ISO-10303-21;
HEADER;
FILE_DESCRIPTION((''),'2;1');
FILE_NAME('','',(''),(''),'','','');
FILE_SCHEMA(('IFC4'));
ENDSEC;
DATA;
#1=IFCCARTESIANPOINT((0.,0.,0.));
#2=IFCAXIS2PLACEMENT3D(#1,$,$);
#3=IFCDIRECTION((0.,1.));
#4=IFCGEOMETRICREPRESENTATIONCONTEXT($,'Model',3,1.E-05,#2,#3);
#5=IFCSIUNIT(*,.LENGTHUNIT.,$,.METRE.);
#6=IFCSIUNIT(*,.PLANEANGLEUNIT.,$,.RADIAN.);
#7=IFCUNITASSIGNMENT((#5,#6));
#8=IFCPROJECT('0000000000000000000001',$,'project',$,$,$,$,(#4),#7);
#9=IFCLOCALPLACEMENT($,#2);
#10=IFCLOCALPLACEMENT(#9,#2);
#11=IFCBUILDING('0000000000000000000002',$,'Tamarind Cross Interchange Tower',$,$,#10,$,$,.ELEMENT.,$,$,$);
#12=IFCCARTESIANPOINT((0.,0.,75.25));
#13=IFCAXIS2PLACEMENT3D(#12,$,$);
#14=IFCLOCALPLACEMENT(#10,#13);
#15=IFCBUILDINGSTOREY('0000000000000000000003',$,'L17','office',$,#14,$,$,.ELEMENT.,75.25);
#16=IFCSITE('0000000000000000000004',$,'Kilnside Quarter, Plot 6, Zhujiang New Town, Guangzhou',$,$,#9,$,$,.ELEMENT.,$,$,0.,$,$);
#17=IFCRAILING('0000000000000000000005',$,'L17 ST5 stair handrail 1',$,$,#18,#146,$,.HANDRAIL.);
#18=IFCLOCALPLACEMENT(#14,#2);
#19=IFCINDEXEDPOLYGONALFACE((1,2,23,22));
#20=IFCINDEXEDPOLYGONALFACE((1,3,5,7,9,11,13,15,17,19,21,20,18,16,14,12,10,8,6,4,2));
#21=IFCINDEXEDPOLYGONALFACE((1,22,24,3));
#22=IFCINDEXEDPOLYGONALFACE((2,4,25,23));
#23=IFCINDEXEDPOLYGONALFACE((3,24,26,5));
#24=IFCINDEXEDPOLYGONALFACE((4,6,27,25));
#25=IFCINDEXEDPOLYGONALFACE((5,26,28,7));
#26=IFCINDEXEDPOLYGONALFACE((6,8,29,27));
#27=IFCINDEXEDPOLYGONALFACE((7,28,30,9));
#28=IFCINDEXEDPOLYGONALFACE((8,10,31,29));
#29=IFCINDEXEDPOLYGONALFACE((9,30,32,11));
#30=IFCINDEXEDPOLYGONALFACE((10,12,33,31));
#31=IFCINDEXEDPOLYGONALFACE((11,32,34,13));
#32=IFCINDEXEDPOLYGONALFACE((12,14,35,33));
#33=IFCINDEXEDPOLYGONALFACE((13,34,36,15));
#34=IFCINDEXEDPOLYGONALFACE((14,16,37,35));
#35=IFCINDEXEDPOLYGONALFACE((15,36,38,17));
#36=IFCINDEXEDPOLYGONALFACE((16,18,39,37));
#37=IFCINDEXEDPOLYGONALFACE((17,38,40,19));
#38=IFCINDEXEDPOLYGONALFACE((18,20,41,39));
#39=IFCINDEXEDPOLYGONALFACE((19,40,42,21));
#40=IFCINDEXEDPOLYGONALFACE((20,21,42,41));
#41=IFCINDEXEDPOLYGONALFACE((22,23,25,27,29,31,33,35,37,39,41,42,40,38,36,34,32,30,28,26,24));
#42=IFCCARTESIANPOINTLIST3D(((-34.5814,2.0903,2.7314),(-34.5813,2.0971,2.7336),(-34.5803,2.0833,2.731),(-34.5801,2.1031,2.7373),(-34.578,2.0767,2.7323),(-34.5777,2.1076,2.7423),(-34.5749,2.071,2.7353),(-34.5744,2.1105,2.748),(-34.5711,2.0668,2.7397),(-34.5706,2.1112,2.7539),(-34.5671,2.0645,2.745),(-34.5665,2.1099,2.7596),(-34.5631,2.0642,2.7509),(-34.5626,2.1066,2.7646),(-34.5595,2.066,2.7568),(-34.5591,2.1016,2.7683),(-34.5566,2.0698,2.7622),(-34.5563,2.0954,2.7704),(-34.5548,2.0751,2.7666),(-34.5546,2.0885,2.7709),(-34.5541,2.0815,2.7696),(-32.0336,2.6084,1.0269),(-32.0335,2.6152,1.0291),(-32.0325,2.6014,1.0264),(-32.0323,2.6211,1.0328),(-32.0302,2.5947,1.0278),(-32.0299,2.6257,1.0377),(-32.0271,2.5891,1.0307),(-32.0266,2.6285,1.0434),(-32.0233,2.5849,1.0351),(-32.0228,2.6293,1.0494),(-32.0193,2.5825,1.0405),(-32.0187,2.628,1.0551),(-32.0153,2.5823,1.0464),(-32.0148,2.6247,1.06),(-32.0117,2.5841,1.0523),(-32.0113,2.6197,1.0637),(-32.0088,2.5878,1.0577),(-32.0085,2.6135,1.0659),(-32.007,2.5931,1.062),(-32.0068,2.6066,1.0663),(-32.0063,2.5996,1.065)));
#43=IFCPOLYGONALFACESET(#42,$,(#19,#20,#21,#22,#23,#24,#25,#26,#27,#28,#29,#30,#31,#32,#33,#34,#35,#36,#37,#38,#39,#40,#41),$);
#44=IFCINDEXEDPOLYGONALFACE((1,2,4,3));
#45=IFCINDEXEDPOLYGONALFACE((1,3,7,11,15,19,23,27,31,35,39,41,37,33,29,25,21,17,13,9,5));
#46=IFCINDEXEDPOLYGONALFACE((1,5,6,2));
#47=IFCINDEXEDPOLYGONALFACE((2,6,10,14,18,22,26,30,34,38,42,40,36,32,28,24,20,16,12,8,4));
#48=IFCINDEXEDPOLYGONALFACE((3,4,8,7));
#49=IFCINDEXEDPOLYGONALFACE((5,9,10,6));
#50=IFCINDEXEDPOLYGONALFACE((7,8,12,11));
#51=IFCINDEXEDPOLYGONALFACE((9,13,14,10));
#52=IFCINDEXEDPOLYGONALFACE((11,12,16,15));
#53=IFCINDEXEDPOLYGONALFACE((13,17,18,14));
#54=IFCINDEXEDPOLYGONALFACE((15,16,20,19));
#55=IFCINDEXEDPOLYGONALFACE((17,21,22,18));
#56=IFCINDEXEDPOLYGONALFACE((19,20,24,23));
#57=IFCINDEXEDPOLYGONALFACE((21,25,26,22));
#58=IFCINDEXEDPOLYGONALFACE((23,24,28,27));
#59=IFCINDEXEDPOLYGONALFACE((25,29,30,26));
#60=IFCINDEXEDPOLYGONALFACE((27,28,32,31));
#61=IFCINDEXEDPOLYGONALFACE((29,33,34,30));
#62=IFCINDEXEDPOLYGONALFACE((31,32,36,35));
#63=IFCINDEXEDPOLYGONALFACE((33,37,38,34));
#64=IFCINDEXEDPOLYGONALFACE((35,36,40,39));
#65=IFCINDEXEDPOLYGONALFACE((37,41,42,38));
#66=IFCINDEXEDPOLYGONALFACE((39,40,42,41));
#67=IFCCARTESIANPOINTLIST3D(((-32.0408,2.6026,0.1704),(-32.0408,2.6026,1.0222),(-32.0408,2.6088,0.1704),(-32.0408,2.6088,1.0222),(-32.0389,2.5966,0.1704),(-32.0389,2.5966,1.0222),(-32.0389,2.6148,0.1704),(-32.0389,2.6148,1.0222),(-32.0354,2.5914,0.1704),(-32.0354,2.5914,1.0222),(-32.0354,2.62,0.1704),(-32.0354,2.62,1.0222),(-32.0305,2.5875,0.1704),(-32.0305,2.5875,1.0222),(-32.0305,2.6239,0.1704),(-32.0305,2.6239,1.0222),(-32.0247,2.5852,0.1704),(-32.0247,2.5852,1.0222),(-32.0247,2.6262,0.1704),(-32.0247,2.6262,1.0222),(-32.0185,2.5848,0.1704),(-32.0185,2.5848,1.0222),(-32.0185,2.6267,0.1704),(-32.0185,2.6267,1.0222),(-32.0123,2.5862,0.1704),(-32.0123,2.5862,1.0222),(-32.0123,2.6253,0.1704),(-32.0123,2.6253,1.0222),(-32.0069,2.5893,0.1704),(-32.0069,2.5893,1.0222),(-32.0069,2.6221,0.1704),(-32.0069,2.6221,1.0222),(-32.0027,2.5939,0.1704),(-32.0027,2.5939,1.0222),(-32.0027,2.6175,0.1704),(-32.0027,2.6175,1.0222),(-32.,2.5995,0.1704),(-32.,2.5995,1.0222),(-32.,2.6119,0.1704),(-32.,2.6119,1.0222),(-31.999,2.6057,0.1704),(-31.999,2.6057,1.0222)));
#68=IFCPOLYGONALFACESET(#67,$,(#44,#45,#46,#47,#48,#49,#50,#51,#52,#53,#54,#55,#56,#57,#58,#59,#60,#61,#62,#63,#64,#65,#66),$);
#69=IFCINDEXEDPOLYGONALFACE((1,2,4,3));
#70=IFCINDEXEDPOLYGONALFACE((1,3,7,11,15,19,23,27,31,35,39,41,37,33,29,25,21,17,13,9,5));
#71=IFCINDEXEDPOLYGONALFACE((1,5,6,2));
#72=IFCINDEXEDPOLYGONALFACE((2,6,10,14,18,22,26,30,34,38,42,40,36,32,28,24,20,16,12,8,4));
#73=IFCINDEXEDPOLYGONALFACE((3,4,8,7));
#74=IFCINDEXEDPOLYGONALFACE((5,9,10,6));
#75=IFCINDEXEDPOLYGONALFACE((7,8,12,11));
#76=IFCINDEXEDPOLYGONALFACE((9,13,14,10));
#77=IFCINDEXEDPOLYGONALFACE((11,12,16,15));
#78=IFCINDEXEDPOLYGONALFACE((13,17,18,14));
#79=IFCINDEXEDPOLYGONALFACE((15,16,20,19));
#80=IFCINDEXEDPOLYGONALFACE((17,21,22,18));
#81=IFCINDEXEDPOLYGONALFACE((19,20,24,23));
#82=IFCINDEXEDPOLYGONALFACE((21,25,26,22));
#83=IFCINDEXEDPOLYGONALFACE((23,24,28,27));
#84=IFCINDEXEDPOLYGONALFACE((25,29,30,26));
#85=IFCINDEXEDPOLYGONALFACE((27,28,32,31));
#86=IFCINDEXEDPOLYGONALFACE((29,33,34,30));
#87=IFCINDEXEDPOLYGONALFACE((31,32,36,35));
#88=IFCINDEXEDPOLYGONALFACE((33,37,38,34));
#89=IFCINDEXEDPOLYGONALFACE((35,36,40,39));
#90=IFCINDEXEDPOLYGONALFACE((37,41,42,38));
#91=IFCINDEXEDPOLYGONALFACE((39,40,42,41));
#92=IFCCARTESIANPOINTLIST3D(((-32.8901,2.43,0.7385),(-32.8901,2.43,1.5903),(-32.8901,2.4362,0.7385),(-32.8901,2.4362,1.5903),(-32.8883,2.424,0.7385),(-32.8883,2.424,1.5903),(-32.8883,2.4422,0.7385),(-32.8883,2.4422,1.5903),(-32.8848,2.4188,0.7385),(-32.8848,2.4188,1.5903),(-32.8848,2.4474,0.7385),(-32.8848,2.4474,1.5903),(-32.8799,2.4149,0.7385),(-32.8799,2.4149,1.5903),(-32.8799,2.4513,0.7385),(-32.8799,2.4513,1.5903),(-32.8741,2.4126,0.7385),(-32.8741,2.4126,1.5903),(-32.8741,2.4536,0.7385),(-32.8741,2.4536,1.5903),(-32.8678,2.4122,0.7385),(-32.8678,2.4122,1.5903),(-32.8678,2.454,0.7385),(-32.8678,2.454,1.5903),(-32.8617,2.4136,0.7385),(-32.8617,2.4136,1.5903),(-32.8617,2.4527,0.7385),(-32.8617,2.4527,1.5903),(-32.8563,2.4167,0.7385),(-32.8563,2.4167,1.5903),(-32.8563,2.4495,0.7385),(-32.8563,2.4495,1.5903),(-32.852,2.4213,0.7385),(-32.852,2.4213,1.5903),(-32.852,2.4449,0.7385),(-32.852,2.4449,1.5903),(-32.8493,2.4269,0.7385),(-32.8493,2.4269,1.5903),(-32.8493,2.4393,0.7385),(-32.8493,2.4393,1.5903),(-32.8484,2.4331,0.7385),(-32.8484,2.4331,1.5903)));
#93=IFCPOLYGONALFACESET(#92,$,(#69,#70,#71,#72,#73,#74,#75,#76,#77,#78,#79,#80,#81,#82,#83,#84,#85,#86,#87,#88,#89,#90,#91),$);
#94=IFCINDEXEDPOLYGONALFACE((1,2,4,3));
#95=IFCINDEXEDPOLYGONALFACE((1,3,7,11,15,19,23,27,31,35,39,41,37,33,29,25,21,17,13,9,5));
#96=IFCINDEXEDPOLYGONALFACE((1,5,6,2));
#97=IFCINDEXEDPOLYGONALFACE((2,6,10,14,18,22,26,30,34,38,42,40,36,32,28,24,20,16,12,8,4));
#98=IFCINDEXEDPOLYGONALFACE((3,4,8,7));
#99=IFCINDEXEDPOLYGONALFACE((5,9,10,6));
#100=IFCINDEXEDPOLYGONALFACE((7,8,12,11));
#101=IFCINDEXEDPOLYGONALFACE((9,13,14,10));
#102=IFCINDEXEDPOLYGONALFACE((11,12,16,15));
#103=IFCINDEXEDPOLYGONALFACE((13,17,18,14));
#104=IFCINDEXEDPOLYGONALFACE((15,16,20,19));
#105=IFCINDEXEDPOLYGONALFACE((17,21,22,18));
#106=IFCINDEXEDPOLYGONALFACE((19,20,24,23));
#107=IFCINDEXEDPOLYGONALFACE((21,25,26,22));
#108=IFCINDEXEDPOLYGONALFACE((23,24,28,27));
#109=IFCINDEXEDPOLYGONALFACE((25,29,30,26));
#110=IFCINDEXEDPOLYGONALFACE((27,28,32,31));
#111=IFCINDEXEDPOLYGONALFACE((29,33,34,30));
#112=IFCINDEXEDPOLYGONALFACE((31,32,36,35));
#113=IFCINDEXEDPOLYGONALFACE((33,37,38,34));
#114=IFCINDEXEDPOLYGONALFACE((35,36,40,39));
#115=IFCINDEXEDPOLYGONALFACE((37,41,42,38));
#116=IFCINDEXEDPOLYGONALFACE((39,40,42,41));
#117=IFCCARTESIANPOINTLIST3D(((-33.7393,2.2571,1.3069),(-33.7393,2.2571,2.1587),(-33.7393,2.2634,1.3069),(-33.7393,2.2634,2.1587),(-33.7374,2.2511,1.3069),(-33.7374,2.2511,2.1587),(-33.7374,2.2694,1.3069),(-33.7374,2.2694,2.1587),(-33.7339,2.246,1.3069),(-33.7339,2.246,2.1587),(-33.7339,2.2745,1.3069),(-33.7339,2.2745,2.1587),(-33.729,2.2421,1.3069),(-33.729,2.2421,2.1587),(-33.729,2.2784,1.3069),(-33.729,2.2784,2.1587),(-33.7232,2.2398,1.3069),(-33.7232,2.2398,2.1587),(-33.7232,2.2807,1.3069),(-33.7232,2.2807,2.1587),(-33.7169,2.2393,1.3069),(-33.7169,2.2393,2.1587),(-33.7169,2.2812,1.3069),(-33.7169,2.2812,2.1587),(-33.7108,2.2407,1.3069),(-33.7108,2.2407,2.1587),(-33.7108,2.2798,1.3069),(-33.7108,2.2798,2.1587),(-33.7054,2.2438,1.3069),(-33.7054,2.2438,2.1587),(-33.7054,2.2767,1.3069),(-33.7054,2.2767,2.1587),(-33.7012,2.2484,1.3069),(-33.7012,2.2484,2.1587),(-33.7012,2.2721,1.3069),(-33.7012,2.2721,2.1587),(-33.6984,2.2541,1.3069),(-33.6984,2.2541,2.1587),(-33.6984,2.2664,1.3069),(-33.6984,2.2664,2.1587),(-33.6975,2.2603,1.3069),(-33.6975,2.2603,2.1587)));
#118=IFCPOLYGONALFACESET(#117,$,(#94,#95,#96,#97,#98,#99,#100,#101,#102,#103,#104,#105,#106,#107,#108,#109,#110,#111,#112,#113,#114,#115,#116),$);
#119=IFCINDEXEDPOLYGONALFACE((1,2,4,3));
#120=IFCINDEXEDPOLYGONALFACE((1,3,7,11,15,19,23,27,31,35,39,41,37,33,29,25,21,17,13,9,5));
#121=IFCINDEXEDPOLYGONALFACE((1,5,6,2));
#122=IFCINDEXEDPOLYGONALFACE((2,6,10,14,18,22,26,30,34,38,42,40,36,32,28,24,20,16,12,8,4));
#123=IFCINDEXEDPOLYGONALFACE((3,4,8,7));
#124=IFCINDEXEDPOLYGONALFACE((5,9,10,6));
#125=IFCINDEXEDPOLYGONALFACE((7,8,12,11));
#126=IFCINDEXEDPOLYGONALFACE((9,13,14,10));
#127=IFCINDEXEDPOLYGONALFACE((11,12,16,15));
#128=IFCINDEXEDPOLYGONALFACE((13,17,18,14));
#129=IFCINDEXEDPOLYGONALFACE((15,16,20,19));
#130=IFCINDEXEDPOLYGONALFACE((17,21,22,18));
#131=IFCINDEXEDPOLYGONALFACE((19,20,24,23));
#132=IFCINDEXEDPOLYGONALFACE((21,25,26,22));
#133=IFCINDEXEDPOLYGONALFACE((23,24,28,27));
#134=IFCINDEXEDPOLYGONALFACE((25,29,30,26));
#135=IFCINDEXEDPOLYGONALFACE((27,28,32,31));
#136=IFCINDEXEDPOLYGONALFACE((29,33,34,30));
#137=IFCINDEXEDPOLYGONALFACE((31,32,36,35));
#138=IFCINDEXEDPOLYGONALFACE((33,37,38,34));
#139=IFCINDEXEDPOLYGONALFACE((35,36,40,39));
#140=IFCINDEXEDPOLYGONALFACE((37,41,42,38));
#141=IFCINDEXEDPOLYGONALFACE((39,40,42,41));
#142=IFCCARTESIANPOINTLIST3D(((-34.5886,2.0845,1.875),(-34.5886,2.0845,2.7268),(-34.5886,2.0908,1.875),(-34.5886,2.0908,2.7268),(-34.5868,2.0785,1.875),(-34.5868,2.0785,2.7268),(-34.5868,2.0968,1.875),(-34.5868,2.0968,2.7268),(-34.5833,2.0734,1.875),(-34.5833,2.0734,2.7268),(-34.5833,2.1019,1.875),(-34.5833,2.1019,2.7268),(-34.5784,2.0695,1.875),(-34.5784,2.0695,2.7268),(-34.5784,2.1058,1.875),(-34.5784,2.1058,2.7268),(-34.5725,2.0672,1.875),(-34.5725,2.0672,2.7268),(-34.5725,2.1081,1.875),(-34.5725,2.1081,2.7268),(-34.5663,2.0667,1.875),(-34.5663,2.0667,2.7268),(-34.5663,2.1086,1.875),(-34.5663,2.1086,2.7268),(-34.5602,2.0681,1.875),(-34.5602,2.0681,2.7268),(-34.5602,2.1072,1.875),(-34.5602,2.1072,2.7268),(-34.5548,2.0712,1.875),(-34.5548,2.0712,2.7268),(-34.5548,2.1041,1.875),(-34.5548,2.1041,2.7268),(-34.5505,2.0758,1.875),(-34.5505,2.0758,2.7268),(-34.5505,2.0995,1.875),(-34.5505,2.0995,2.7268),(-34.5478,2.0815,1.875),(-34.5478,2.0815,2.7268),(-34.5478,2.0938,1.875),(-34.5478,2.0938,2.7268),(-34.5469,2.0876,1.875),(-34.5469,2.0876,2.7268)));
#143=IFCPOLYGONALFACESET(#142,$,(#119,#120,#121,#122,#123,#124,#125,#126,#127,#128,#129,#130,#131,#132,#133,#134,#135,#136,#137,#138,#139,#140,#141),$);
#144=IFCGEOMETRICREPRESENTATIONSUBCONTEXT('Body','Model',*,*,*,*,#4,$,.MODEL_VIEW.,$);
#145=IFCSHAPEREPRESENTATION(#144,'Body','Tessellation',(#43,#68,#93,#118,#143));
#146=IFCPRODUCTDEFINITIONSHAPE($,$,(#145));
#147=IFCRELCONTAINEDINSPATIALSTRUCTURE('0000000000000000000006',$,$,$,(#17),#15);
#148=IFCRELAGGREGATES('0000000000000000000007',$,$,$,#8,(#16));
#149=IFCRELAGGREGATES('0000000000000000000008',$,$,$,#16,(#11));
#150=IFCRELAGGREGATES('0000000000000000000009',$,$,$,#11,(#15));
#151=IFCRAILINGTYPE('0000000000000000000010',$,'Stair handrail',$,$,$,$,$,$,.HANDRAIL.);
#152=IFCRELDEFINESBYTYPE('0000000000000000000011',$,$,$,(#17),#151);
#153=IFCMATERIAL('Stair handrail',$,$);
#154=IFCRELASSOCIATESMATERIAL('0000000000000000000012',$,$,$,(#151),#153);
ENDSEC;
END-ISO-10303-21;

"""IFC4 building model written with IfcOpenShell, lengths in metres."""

from ifc_helpers import new_model, si_unit, direction, frame, origin, origin_2d, place, context, subcontext, project, spatial, circle, extrude, material, type_object, element, save


model = new_model("IFC4")

# Units and contexts
model_context = context("Model", 3, precision=1e-05, world=origin(), true_north=direction((0.0, 1.0)))
body_context = subcontext(model_context, "Body", "Model", "MODEL_VIEW")
ifc_project = project(units=[si_unit("LENGTHUNIT", "METRE"), si_unit("PLANEANGLEUNIT", "RADIAN")], contexts=[model_context])

# Site, building, storey
site_placement = place(None, origin())
site = spatial("IfcSite", under=ifc_project, at=site_placement, Name="Kilnside Quarter, Plot 6, Zhujiang New Town, Guangzhou", CompositionType="ELEMENT", RefElevation=0.0)
building_placement = place(site_placement, origin())
building = spatial("IfcBuilding", under=site, at=building_placement, Name="Tamarind Cross Interchange Tower", CompositionType="ELEMENT")
storey_placement = place(building_placement, frame((0.0, 0.0, 75.25)))
storey = spatial("IfcBuildingStorey", under=building, at=storey_placement, Name="L17", Description="office", CompositionType="ELEMENT", Elevation=75.25)

# Railing
ifc_material_1 = material(Name="Stair handrail")
railing_type_1 = type_object("IfcRailingType", Name="Stair handrail", PredefinedType="HANDRAIL", material=ifc_material_1)
railing_1_placement = place(storey_placement, frame((-32.02, 2.6057, 0.1704)))
element("IfcRailing", 1, at=railing_1_placement, inside=storey, type_object=railing_type_1, Name="L17 ST5 stair handrail 1", PredefinedType="HANDRAIL", context=body_context, shape_type="SweptSolid", body=[
    extrude(circle(Radius=0.0239, at=origin_2d()), frame((0.0, 0.0, 0.876), z_axis=(-0.819522, -0.166637, 0.548285), x_axis=(0.199257, -0.979947, 0.0)), (0.0, 0.0, 1.0), 3.1089),
    extrude(circle(Radius=0.021, at=origin_2d()), origin(), (0.0, 0.0, 1.0), 0.8518),
    extrude(circle(Radius=0.021, at=origin_2d()), frame((-0.8494, -0.1726, 0.5681)), (0.0, 0.0, 1.0), 0.8518),
    extrude(circle(Radius=0.021, at=origin_2d()), frame((-1.6985, -0.3455, 1.1365)), (0.0, 0.0, 1.0), 0.8518),
    extrude(circle(Radius=0.021, at=origin_2d()), frame((-2.5479, -0.5181, 1.7046)), (0.0, 0.0, 1.0), 0.8518),
])

save(model, "model.ifc")
